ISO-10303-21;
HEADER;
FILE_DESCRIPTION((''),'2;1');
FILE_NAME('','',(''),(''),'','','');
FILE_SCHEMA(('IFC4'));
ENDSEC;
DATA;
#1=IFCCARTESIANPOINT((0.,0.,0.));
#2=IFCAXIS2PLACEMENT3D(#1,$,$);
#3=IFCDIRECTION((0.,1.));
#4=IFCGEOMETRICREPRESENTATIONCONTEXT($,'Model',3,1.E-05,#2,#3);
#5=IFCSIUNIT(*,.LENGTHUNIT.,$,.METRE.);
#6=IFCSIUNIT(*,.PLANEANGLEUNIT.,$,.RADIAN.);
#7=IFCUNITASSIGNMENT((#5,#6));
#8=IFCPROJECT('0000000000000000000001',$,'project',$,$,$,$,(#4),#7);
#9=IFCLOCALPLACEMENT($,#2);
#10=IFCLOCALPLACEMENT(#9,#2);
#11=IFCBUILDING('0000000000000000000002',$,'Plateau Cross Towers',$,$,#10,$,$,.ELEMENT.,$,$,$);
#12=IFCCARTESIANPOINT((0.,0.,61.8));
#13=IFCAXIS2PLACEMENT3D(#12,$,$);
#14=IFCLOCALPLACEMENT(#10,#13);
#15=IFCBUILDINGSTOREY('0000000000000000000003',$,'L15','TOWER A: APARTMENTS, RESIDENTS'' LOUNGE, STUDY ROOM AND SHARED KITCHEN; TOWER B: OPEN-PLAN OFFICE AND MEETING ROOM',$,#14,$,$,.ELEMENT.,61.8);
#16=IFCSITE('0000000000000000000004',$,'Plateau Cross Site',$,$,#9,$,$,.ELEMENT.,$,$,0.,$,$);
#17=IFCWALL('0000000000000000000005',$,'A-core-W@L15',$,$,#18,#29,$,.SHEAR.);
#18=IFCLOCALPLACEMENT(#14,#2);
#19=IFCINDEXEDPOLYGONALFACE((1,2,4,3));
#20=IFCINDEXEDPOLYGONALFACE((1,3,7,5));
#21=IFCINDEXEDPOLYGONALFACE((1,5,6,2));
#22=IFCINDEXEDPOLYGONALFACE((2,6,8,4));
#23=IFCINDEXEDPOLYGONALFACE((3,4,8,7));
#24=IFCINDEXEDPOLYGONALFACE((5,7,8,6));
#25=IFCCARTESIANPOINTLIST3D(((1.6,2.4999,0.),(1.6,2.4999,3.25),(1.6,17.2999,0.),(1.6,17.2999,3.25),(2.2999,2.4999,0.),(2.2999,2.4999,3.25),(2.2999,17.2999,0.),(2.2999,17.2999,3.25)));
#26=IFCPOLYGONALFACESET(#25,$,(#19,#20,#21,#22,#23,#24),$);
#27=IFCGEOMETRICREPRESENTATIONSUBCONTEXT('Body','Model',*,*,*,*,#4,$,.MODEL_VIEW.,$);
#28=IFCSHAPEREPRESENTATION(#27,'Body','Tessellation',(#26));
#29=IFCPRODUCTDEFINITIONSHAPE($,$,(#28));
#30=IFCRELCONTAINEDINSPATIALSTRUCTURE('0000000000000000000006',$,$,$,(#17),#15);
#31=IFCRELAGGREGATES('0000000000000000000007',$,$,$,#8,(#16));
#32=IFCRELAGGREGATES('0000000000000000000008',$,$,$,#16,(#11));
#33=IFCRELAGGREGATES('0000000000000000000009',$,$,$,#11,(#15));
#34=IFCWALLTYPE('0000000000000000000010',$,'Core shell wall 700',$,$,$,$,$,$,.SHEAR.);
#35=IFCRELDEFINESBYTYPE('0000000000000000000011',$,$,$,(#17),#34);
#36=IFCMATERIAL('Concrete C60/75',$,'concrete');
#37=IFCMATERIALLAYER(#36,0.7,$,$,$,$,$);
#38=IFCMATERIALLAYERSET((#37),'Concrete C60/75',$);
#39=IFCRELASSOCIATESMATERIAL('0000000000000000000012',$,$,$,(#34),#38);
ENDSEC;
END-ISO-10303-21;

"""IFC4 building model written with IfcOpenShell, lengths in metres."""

from ifc_helpers import new_model, si_unit, direction, frame, frame_2d, origin, place, context, subcontext, project, spatial, rectangle, extrude, material, layer, layer_set, type_object, element, save


model = new_model("IFC4")

# Units and contexts
model_context = context("Model", 3, precision=1e-05, world=origin(), true_north=direction((0.0, 1.0)))
body_context = subcontext(model_context, "Body", "Model", "MODEL_VIEW")
ifc_project = project(units=[si_unit("LENGTHUNIT", "METRE"), si_unit("PLANEANGLEUNIT", "RADIAN")], contexts=[model_context])

# Site, building, storey
site_placement = place(None, origin())
site = spatial("IfcSite", under=ifc_project, at=site_placement, Name="Plateau Cross Site", CompositionType="ELEMENT", RefElevation=0.0)
building_placement = place(site_placement, origin())
building = spatial("IfcBuilding", under=site, at=building_placement, Name="Plateau Cross Towers", CompositionType="ELEMENT")
storey_placement = place(building_placement, frame((0.0, 0.0, 61.8)))
storey = spatial("IfcBuildingStorey", under=building, at=storey_placement, Name="L15", Description="TOWER A: APARTMENTS, RESIDENTS' LOUNGE, STUDY ROOM AND SHARED KITCHEN; TOWER B: OPEN-PLAN OFFICE AND MEETING ROOM", CompositionType="ELEMENT", Elevation=61.8)

# Shared definitions
ifc_material_1 = material(Name="Concrete C60/75", Category="concrete")

# Wall
ifc_layer_1 = layer(ifc_material_1, 0.7)
ifc_layer_set_1 = layer_set([ifc_layer_1], Name="Concrete C60/75")
wall_type_1 = type_object("IfcWallType", Name="Core shell wall 700", PredefinedType="SHEAR", material=ifc_layer_set_1)
wall_1_placement = place(storey_placement, frame((1.95, 2.5, 0.0), z_axis=(0.0, 0.0, 1.0), x_axis=(0.0, 1.0, 0.0)))
element("IfcWall", 1, at=wall_1_placement, inside=storey, type_object=wall_type_1, Name="A-core-W@L15", PredefinedType="SHEAR", context=body_context, shape_type="SweptSolid", body=[
    extrude(rectangle(XDim=14.8, YDim=0.7, at=frame_2d((7.3999, 0.0))), origin(), (0.0, 0.0, 1.0), 3.25),
])

save(model, "model.ifc")
